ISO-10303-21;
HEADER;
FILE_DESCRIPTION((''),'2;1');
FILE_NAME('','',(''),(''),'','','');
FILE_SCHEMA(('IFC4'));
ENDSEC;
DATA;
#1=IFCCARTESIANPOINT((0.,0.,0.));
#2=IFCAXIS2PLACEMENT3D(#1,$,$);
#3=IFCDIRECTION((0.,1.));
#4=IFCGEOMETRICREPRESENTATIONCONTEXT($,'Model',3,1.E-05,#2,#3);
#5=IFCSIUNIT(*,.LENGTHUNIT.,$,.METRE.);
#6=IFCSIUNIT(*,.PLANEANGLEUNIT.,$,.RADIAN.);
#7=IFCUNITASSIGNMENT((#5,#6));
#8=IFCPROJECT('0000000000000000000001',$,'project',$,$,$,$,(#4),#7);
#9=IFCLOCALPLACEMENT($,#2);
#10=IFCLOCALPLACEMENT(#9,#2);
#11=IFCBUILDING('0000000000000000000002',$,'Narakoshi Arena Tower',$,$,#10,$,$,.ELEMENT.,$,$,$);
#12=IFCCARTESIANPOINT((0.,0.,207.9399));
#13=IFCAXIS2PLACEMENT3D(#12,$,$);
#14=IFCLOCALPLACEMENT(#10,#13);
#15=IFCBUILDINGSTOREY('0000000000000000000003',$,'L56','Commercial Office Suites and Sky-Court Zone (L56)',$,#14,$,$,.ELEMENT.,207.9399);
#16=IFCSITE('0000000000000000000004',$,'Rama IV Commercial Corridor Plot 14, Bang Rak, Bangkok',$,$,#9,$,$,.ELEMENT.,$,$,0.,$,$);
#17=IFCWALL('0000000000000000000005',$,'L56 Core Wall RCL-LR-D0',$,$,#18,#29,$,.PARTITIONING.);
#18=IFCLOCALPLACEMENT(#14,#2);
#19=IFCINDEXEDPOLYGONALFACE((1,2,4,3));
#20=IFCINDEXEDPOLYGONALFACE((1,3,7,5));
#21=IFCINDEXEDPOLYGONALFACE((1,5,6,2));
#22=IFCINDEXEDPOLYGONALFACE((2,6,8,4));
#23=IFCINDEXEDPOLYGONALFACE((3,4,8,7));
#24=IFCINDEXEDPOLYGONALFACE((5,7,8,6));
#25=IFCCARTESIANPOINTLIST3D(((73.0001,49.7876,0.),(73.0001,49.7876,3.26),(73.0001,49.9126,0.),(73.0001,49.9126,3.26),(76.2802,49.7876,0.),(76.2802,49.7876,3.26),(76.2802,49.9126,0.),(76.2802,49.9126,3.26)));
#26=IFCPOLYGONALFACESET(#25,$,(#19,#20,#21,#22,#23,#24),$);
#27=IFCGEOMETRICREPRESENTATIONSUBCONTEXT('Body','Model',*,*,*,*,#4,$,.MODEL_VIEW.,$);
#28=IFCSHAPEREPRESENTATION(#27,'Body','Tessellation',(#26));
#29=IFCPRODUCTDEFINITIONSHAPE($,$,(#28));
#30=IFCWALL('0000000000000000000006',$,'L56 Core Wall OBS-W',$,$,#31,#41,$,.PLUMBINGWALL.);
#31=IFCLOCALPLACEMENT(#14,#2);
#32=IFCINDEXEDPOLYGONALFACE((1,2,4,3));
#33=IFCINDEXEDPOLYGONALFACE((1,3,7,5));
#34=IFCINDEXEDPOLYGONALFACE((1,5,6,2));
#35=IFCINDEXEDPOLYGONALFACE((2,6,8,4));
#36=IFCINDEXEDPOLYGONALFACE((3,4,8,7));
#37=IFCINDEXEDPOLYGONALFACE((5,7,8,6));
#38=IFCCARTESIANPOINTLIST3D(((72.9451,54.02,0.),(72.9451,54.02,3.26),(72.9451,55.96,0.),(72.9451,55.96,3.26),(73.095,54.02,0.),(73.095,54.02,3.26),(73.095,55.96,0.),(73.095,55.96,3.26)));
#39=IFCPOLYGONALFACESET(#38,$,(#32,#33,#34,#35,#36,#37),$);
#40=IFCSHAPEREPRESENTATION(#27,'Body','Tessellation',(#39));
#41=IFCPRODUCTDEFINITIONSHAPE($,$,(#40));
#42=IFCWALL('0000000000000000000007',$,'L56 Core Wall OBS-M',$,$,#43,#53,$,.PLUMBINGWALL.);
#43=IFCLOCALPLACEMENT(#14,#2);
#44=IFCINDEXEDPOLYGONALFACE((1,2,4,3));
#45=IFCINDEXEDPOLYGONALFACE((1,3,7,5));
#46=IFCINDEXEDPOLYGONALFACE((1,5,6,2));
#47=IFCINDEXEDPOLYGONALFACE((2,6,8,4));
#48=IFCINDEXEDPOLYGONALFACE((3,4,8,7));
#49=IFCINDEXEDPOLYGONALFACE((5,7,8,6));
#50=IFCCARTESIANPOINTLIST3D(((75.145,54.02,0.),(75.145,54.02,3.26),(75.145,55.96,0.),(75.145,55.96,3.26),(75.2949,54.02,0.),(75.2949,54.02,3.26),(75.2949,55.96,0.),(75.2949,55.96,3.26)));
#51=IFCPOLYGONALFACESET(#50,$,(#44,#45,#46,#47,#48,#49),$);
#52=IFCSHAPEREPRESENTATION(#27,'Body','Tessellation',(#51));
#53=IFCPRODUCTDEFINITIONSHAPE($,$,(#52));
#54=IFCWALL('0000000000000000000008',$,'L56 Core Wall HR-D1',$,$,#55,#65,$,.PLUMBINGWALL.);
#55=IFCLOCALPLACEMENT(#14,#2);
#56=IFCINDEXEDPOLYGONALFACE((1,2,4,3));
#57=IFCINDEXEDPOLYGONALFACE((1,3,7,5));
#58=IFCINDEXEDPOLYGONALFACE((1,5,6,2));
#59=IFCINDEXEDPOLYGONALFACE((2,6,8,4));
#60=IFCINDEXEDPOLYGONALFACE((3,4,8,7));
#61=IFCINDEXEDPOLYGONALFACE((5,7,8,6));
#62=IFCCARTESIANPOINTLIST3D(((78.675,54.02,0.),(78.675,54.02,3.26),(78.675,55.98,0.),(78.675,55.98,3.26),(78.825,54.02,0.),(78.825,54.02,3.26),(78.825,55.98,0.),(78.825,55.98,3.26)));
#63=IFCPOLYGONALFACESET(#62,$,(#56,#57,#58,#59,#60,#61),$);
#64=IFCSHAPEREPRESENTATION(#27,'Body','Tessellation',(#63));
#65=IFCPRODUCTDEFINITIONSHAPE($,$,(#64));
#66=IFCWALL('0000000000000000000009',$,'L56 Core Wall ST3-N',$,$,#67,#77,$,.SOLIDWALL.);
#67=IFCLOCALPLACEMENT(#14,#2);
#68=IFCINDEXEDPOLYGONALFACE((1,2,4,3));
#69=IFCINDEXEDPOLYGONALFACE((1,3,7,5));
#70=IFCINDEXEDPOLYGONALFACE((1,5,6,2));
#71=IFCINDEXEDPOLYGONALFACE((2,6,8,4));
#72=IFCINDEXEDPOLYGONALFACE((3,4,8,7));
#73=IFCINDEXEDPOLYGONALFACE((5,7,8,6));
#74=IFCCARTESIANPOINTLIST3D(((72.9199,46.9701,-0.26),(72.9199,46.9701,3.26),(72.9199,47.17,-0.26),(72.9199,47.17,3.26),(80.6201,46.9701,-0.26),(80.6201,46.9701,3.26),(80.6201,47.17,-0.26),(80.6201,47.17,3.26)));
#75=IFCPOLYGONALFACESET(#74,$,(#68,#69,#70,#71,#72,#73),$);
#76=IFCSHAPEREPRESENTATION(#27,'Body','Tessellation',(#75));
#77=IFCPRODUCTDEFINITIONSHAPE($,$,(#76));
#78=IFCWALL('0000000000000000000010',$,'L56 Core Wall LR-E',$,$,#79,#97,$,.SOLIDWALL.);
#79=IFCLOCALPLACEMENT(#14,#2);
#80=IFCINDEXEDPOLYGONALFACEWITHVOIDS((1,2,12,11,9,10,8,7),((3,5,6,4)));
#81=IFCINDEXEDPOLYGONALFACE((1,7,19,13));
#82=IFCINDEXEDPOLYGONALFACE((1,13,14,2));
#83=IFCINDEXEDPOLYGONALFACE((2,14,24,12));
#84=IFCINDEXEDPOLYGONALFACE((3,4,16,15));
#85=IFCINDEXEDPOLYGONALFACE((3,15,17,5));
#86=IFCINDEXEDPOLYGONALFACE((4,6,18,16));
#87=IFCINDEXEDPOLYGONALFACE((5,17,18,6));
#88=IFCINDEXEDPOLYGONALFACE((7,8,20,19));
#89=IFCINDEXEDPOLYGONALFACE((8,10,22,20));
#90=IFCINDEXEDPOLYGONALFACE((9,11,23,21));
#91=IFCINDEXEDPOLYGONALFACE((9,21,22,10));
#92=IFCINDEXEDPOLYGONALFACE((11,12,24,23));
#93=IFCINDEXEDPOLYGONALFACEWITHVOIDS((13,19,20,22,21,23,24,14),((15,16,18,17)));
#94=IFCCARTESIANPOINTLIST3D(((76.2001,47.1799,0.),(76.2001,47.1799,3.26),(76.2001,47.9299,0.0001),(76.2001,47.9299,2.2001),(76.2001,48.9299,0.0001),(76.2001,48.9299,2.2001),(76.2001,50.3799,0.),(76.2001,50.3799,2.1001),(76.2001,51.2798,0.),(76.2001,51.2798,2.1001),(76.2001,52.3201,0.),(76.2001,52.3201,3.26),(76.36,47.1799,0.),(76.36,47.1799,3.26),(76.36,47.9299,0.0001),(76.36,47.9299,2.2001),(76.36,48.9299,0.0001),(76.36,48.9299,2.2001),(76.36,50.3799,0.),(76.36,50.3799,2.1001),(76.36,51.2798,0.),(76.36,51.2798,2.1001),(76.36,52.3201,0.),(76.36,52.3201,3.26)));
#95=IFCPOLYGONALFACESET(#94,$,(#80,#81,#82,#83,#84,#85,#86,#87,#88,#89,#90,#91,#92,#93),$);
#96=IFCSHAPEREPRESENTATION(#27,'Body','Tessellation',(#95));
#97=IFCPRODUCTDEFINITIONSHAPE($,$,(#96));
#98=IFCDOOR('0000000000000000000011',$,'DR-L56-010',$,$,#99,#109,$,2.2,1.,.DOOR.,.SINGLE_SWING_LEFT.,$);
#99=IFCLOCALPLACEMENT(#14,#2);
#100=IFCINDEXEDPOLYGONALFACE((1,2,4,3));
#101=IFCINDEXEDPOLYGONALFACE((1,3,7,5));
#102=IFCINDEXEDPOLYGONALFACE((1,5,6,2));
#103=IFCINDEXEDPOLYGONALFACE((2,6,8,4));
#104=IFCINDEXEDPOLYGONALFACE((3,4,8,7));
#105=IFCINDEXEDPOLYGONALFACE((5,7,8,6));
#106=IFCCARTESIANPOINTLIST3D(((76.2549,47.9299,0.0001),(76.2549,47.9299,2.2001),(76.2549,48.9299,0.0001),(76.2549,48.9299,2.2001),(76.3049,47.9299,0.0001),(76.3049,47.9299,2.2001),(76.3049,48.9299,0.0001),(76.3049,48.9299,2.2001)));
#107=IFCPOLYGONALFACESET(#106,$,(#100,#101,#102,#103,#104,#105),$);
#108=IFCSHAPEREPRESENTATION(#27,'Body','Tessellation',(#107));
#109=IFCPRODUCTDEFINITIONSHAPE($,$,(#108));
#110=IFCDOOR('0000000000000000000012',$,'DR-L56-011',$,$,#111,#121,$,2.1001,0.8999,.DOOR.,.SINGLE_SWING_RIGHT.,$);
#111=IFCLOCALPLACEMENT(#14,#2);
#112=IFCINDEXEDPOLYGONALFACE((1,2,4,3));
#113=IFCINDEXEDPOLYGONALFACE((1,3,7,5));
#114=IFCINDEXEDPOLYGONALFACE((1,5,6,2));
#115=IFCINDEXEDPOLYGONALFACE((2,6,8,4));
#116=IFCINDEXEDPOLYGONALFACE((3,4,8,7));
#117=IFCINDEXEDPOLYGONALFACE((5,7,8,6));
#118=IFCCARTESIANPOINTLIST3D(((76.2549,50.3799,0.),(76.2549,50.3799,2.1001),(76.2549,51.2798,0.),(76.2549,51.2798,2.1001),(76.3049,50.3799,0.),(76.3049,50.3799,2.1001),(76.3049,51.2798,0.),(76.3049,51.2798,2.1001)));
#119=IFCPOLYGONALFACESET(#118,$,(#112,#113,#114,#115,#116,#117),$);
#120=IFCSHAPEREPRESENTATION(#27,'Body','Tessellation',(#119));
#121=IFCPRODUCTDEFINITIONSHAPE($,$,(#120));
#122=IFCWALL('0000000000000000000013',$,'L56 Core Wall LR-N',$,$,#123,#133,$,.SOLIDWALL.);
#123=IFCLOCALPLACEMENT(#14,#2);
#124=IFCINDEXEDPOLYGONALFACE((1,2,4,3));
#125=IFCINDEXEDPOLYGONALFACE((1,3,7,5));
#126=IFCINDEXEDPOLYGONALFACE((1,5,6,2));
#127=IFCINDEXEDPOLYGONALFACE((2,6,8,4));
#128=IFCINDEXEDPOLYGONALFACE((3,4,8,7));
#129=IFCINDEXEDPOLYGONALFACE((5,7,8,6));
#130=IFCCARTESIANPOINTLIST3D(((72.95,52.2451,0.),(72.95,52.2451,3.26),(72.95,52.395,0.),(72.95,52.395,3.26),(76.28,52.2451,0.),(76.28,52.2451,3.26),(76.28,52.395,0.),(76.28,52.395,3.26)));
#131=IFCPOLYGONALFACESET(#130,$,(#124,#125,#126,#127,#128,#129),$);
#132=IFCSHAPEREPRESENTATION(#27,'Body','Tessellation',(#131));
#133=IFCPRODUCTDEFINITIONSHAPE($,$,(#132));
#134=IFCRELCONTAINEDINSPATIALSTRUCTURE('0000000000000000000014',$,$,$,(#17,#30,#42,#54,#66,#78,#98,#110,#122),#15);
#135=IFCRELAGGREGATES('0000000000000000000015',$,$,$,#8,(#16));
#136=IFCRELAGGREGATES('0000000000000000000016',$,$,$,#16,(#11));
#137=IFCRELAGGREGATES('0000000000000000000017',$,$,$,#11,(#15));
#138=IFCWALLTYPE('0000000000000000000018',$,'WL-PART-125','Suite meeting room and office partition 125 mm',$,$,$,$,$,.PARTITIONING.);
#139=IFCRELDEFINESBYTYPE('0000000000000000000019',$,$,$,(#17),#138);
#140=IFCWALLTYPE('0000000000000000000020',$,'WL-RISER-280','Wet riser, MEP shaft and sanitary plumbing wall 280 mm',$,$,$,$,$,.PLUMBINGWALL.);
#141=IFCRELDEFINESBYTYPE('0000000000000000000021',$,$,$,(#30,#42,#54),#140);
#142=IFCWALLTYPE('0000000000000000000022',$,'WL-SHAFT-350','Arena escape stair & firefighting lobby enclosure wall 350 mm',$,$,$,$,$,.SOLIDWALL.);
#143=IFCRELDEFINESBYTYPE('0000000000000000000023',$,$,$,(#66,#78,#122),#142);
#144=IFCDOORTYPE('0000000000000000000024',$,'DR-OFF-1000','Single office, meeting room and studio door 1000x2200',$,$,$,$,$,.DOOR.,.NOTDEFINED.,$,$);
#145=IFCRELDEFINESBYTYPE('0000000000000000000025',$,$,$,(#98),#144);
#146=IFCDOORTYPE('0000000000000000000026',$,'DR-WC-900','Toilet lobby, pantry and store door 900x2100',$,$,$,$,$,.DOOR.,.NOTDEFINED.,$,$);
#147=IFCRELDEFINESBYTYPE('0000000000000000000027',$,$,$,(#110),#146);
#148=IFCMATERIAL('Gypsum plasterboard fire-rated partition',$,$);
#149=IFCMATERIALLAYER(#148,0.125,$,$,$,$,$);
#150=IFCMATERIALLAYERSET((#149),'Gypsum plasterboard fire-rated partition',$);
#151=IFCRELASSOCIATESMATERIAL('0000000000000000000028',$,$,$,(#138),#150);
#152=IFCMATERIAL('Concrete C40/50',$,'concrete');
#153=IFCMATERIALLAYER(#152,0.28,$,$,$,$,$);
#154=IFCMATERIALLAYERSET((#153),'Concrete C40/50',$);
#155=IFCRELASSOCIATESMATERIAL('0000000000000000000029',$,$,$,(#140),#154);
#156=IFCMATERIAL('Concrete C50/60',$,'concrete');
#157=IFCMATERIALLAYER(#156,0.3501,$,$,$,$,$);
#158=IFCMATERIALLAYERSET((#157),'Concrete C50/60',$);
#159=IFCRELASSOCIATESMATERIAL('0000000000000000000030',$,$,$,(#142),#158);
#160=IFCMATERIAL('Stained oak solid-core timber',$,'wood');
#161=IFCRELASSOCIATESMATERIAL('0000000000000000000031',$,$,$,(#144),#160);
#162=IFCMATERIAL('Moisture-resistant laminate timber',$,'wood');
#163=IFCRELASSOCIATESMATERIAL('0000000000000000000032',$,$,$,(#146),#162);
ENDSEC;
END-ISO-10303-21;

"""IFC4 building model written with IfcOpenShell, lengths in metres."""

from ifc_helpers import new_model, si_unit, direction, frame, frame_2d, origin, place, context, subcontext, project, spatial, rectangle, extrude, material, layer, layer_set, type_object, element, fill, save


model = new_model("IFC4")

# Units and contexts
model_context = context("Model", 3, precision=1e-05, world=origin(), true_north=direction((0.0, 1.0)))
body_context = subcontext(model_context, "Body", "Model", "MODEL_VIEW")
ifc_project = project(units=[si_unit("LENGTHUNIT", "METRE"), si_unit("PLANEANGLEUNIT", "RADIAN")], contexts=[model_context])

# Site, building, storey
site_placement = place(None, origin())
site = spatial("IfcSite", under=ifc_project, at=site_placement, Name="Rama IV Commercial Corridor Plot 14, Bang Rak, Bangkok", CompositionType="ELEMENT", RefElevation=0.0)
building_placement = place(site_placement, origin())
building = spatial("IfcBuilding", under=site, at=building_placement, Name="Narakoshi Arena Tower", CompositionType="ELEMENT")
storey_placement = place(building_placement, frame((0.0, 0.0, 207.9399)))
storey = spatial("IfcBuildingStorey", under=building, at=storey_placement, Name="L56", Description="Commercial Office Suites and Sky-Court Zone (L56)", CompositionType="ELEMENT", Elevation=207.9399)

# Walls
ifc_material_1 = material(Name="Gypsum plasterboard fire-rated partition")
ifc_layer_1 = layer(ifc_material_1, 0.125)
ifc_layer_set_1 = layer_set([ifc_layer_1], Name="Gypsum plasterboard fire-rated partition")
wall_type_1 = type_object("IfcWallType", Name="WL-PART-125", Description="Suite meeting room and office partition 125 mm", PredefinedType="PARTITIONING", material=ifc_layer_set_1)
wall_1_placement = place(storey_placement, frame((73.0, 49.8501, 0.0), z_axis=(0.0, 0.0, 1.0), x_axis=(1.0, 0.0, 0.0)))
element("IfcWall", 1, at=wall_1_placement, inside=storey, type_object=wall_type_1, Name="L56 Core Wall RCL-LR-D0", PredefinedType="PARTITIONING", context=body_context, shape_type="SweptSolid", body=[
    extrude(rectangle(XDim=3.28, YDim=0.125, at=frame_2d((1.6401, 0.0))), origin(), (0.0, 0.0, 1.0), 3.26),
])
ifc_material_2 = material(Name="Concrete C40/50", Category="concrete")
ifc_layer_2 = layer(ifc_material_2, 0.28)
ifc_layer_set_2 = layer_set([ifc_layer_2], Name="Concrete C40/50")
wall_type_2 = type_object("IfcWallType", Name="WL-RISER-280", Description="Wet riser, MEP shaft and sanitary plumbing wall 280 mm", PredefinedType="PLUMBINGWALL", material=ifc_layer_set_2)
for number, where, z_axis, x_axis, name in (
    (2, (73.02, 54.02, 0.0), (0.0, 0.0, 1.0), (0.0, 1.0, 0.0), "L56 Core Wall OBS-W"),
    (3, (75.22, 54.02, 0.0), (0.0, 0.0, 1.0), (0.0, 1.0, 0.0), "L56 Core Wall OBS-M"),
):
    element("IfcWall", number, at=place(storey_placement, frame(where, z_axis=z_axis, x_axis=x_axis)), inside=storey, type_object=wall_type_2, Name=name, PredefinedType="PLUMBINGWALL", context=body_context, shape_type="SweptSolid", body=[
        extrude(rectangle(XDim=1.9399, YDim=0.1499, at=frame_2d((0.97, 0.0))), origin(), (0.0, 0.0, 1.0), 3.26),
    ])
wall_2_placement = place(storey_placement, frame((78.75, 54.02, 0.0), z_axis=(0.0, 0.0, 1.0), x_axis=(0.0, 1.0, 0.0)))
element("IfcWall", 4, at=wall_2_placement, inside=storey, type_object=wall_type_2, Name="L56 Core Wall HR-D1", PredefinedType="PLUMBINGWALL", context=body_context, shape_type="SweptSolid", body=[
    extrude(rectangle(XDim=1.96, YDim=0.1499, at=frame_2d((0.98, 0.0))), origin(), (0.0, 0.0, 1.0), 3.26),
])
ifc_material_3 = material(Name="Concrete C50/60", Category="concrete")
ifc_layer_3 = layer(ifc_material_3, 0.3501)
ifc_layer_set_3 = layer_set([ifc_layer_3], Name="Concrete C50/60")
wall_type_3 = type_object("IfcWallType", Name="WL-SHAFT-350", Description="Arena escape stair & firefighting lobby enclosure wall 350 mm", PredefinedType="SOLIDWALL", material=ifc_layer_set_3)
wall_3_placement = place(storey_placement, frame((72.9199, 47.0701, -0.26), z_axis=(0.0, 0.0, 1.0), x_axis=(1.0, 0.0, 0.0)))
element("IfcWall", 5, at=wall_3_placement, inside=storey, type_object=wall_type_3, Name="L56 Core Wall ST3-N", PredefinedType="SOLIDWALL", context=body_context, shape_type="SweptSolid", body=[
    extrude(rectangle(XDim=7.7002, YDim=0.2, at=frame_2d((3.8501, 0.0))), origin(), (0.0, 0.0, 1.0), 3.52),
])

# Wall, openings, doors
wall_4_placement = place(storey_placement, frame((76.28, 47.1799, 0.0), z_axis=(0.0, 0.0, 1.0), x_axis=(0.0, 1.0, 0.0)))
wall_4 = element("IfcWall", 6, at=wall_4_placement, inside=storey, type_object=wall_type_3, Name="L56 Core Wall LR-E", PredefinedType="SOLIDWALL", context=body_context, shape_type="SweptSolid", body=[
    extrude(rectangle(XDim=5.1401, YDim=0.1599, at=frame_2d((2.5701, 0.0))), origin(), (0.0, 0.0, 1.0), 3.26),
])
opening_1_placement = place(wall_4_placement, frame((0.75, 0.0, 0.0)))
opening_1 = element("IfcOpeningElement", 7, at=opening_1_placement, cuts=wall_4, PredefinedType="OPENING", context=body_context, shape_type="SweptSolid", body=[
    extrude(rectangle(XDim=1.0, YDim=2.2, at=frame_2d((0.5, 1.1001))), frame((0.0, 0.0898, 0.0), z_axis=(0.0, -1.0, 0.0), x_axis=(1.0, 0.0, 0.0)), (0.0, 0.0, 1.0), 0.1799),
])
opening_2_placement = place(wall_4_placement, frame((3.2, 0.0, 0.0)))
opening_2 = element("IfcOpeningElement", 8, at=opening_2_placement, cuts=wall_4, PredefinedType="OPENING", context=body_context, shape_type="SweptSolid", body=[
    extrude(rectangle(XDim=0.8999, YDim=2.1001, at=frame_2d((0.45, 1.05))), frame((0.0, 0.0898, 0.0), z_axis=(0.0, -1.0, 0.0), x_axis=(1.0, 0.0, 0.0)), (0.0, 0.0, 1.0), 0.1799),
])
ifc_material_4 = material(Name="Stained oak solid-core timber", Category="wood")
door_type_1 = type_object("IfcDoorType", Name="DR-OFF-1000", Description="Single office, meeting room and studio door 1000x2200", OperationType="NOTDEFINED", PredefinedType="DOOR", material=ifc_material_4)
door_1_placement = place(opening_1_placement, frame((1.0, 0.0, 0.0), z_axis=(0.0, 0.0, 1.0), x_axis=(-1.0, 0.0, 0.0)))
door_1 = element("IfcDoor", 9, at=door_1_placement, inside=storey, type_object=door_type_1, Name="DR-L56-010", OperationType="SINGLE_SWING_LEFT", OverallHeight=2.2, OverallWidth=1.0, PredefinedType="DOOR", context=body_context, shape_type="SweptSolid", body=[
    extrude(rectangle(XDim=1.0, YDim=2.2, at=frame_2d((0.5, 1.1001))), frame((0.0, 0.0249, 0.0), z_axis=(0.0, -1.0, 0.0), x_axis=(1.0, 0.0, 0.0)), (0.0, 0.0, 1.0), 0.05),
])
fill(opening_1, door_1)
ifc_material_5 = material(Name="Moisture-resistant laminate timber", Category="wood")
door_type_2 = type_object("IfcDoorType", Name="DR-WC-900", Description="Toilet lobby, pantry and store door 900x2100", OperationType="NOTDEFINED", PredefinedType="DOOR", material=ifc_material_5)
door_2_placement = place(opening_2_placement, frame((0.8999, 0.0, 0.0), z_axis=(0.0, 0.0, 1.0), x_axis=(-1.0, 0.0, 0.0)))
door_2 = element("IfcDoor", 10, at=door_2_placement, inside=storey, type_object=door_type_2, Name="DR-L56-011", OperationType="SINGLE_SWING_RIGHT", OverallHeight=2.1001, OverallWidth=0.8999, PredefinedType="DOOR", context=body_context, shape_type="SweptSolid", body=[
    extrude(rectangle(XDim=0.8999, YDim=2.1001, at=frame_2d((0.45, 1.05))), frame((0.0, 0.0249, 0.0), z_axis=(0.0, -1.0, 0.0), x_axis=(1.0, 0.0, 0.0)), (0.0, 0.0, 1.0), 0.05),
])
fill(opening_2, door_2)

# Wall
wall_5_placement = place(storey_placement, frame((72.95, 52.3201, 0.0), z_axis=(0.0, 0.0, 1.0), x_axis=(1.0, 0.0, 0.0)))
element("IfcWall", 11, at=wall_5_placement, inside=storey, type_object=wall_type_3, Name="L56 Core Wall LR-N", PredefinedType="SOLIDWALL", context=body_context, shape_type="SweptSolid", body=[
    extrude(rectangle(XDim=3.3301, YDim=0.1499, at=frame_2d((1.665, 0.0))), origin(), (0.0, 0.0, 1.0), 3.26),
])

save(model, "model.ifc")
